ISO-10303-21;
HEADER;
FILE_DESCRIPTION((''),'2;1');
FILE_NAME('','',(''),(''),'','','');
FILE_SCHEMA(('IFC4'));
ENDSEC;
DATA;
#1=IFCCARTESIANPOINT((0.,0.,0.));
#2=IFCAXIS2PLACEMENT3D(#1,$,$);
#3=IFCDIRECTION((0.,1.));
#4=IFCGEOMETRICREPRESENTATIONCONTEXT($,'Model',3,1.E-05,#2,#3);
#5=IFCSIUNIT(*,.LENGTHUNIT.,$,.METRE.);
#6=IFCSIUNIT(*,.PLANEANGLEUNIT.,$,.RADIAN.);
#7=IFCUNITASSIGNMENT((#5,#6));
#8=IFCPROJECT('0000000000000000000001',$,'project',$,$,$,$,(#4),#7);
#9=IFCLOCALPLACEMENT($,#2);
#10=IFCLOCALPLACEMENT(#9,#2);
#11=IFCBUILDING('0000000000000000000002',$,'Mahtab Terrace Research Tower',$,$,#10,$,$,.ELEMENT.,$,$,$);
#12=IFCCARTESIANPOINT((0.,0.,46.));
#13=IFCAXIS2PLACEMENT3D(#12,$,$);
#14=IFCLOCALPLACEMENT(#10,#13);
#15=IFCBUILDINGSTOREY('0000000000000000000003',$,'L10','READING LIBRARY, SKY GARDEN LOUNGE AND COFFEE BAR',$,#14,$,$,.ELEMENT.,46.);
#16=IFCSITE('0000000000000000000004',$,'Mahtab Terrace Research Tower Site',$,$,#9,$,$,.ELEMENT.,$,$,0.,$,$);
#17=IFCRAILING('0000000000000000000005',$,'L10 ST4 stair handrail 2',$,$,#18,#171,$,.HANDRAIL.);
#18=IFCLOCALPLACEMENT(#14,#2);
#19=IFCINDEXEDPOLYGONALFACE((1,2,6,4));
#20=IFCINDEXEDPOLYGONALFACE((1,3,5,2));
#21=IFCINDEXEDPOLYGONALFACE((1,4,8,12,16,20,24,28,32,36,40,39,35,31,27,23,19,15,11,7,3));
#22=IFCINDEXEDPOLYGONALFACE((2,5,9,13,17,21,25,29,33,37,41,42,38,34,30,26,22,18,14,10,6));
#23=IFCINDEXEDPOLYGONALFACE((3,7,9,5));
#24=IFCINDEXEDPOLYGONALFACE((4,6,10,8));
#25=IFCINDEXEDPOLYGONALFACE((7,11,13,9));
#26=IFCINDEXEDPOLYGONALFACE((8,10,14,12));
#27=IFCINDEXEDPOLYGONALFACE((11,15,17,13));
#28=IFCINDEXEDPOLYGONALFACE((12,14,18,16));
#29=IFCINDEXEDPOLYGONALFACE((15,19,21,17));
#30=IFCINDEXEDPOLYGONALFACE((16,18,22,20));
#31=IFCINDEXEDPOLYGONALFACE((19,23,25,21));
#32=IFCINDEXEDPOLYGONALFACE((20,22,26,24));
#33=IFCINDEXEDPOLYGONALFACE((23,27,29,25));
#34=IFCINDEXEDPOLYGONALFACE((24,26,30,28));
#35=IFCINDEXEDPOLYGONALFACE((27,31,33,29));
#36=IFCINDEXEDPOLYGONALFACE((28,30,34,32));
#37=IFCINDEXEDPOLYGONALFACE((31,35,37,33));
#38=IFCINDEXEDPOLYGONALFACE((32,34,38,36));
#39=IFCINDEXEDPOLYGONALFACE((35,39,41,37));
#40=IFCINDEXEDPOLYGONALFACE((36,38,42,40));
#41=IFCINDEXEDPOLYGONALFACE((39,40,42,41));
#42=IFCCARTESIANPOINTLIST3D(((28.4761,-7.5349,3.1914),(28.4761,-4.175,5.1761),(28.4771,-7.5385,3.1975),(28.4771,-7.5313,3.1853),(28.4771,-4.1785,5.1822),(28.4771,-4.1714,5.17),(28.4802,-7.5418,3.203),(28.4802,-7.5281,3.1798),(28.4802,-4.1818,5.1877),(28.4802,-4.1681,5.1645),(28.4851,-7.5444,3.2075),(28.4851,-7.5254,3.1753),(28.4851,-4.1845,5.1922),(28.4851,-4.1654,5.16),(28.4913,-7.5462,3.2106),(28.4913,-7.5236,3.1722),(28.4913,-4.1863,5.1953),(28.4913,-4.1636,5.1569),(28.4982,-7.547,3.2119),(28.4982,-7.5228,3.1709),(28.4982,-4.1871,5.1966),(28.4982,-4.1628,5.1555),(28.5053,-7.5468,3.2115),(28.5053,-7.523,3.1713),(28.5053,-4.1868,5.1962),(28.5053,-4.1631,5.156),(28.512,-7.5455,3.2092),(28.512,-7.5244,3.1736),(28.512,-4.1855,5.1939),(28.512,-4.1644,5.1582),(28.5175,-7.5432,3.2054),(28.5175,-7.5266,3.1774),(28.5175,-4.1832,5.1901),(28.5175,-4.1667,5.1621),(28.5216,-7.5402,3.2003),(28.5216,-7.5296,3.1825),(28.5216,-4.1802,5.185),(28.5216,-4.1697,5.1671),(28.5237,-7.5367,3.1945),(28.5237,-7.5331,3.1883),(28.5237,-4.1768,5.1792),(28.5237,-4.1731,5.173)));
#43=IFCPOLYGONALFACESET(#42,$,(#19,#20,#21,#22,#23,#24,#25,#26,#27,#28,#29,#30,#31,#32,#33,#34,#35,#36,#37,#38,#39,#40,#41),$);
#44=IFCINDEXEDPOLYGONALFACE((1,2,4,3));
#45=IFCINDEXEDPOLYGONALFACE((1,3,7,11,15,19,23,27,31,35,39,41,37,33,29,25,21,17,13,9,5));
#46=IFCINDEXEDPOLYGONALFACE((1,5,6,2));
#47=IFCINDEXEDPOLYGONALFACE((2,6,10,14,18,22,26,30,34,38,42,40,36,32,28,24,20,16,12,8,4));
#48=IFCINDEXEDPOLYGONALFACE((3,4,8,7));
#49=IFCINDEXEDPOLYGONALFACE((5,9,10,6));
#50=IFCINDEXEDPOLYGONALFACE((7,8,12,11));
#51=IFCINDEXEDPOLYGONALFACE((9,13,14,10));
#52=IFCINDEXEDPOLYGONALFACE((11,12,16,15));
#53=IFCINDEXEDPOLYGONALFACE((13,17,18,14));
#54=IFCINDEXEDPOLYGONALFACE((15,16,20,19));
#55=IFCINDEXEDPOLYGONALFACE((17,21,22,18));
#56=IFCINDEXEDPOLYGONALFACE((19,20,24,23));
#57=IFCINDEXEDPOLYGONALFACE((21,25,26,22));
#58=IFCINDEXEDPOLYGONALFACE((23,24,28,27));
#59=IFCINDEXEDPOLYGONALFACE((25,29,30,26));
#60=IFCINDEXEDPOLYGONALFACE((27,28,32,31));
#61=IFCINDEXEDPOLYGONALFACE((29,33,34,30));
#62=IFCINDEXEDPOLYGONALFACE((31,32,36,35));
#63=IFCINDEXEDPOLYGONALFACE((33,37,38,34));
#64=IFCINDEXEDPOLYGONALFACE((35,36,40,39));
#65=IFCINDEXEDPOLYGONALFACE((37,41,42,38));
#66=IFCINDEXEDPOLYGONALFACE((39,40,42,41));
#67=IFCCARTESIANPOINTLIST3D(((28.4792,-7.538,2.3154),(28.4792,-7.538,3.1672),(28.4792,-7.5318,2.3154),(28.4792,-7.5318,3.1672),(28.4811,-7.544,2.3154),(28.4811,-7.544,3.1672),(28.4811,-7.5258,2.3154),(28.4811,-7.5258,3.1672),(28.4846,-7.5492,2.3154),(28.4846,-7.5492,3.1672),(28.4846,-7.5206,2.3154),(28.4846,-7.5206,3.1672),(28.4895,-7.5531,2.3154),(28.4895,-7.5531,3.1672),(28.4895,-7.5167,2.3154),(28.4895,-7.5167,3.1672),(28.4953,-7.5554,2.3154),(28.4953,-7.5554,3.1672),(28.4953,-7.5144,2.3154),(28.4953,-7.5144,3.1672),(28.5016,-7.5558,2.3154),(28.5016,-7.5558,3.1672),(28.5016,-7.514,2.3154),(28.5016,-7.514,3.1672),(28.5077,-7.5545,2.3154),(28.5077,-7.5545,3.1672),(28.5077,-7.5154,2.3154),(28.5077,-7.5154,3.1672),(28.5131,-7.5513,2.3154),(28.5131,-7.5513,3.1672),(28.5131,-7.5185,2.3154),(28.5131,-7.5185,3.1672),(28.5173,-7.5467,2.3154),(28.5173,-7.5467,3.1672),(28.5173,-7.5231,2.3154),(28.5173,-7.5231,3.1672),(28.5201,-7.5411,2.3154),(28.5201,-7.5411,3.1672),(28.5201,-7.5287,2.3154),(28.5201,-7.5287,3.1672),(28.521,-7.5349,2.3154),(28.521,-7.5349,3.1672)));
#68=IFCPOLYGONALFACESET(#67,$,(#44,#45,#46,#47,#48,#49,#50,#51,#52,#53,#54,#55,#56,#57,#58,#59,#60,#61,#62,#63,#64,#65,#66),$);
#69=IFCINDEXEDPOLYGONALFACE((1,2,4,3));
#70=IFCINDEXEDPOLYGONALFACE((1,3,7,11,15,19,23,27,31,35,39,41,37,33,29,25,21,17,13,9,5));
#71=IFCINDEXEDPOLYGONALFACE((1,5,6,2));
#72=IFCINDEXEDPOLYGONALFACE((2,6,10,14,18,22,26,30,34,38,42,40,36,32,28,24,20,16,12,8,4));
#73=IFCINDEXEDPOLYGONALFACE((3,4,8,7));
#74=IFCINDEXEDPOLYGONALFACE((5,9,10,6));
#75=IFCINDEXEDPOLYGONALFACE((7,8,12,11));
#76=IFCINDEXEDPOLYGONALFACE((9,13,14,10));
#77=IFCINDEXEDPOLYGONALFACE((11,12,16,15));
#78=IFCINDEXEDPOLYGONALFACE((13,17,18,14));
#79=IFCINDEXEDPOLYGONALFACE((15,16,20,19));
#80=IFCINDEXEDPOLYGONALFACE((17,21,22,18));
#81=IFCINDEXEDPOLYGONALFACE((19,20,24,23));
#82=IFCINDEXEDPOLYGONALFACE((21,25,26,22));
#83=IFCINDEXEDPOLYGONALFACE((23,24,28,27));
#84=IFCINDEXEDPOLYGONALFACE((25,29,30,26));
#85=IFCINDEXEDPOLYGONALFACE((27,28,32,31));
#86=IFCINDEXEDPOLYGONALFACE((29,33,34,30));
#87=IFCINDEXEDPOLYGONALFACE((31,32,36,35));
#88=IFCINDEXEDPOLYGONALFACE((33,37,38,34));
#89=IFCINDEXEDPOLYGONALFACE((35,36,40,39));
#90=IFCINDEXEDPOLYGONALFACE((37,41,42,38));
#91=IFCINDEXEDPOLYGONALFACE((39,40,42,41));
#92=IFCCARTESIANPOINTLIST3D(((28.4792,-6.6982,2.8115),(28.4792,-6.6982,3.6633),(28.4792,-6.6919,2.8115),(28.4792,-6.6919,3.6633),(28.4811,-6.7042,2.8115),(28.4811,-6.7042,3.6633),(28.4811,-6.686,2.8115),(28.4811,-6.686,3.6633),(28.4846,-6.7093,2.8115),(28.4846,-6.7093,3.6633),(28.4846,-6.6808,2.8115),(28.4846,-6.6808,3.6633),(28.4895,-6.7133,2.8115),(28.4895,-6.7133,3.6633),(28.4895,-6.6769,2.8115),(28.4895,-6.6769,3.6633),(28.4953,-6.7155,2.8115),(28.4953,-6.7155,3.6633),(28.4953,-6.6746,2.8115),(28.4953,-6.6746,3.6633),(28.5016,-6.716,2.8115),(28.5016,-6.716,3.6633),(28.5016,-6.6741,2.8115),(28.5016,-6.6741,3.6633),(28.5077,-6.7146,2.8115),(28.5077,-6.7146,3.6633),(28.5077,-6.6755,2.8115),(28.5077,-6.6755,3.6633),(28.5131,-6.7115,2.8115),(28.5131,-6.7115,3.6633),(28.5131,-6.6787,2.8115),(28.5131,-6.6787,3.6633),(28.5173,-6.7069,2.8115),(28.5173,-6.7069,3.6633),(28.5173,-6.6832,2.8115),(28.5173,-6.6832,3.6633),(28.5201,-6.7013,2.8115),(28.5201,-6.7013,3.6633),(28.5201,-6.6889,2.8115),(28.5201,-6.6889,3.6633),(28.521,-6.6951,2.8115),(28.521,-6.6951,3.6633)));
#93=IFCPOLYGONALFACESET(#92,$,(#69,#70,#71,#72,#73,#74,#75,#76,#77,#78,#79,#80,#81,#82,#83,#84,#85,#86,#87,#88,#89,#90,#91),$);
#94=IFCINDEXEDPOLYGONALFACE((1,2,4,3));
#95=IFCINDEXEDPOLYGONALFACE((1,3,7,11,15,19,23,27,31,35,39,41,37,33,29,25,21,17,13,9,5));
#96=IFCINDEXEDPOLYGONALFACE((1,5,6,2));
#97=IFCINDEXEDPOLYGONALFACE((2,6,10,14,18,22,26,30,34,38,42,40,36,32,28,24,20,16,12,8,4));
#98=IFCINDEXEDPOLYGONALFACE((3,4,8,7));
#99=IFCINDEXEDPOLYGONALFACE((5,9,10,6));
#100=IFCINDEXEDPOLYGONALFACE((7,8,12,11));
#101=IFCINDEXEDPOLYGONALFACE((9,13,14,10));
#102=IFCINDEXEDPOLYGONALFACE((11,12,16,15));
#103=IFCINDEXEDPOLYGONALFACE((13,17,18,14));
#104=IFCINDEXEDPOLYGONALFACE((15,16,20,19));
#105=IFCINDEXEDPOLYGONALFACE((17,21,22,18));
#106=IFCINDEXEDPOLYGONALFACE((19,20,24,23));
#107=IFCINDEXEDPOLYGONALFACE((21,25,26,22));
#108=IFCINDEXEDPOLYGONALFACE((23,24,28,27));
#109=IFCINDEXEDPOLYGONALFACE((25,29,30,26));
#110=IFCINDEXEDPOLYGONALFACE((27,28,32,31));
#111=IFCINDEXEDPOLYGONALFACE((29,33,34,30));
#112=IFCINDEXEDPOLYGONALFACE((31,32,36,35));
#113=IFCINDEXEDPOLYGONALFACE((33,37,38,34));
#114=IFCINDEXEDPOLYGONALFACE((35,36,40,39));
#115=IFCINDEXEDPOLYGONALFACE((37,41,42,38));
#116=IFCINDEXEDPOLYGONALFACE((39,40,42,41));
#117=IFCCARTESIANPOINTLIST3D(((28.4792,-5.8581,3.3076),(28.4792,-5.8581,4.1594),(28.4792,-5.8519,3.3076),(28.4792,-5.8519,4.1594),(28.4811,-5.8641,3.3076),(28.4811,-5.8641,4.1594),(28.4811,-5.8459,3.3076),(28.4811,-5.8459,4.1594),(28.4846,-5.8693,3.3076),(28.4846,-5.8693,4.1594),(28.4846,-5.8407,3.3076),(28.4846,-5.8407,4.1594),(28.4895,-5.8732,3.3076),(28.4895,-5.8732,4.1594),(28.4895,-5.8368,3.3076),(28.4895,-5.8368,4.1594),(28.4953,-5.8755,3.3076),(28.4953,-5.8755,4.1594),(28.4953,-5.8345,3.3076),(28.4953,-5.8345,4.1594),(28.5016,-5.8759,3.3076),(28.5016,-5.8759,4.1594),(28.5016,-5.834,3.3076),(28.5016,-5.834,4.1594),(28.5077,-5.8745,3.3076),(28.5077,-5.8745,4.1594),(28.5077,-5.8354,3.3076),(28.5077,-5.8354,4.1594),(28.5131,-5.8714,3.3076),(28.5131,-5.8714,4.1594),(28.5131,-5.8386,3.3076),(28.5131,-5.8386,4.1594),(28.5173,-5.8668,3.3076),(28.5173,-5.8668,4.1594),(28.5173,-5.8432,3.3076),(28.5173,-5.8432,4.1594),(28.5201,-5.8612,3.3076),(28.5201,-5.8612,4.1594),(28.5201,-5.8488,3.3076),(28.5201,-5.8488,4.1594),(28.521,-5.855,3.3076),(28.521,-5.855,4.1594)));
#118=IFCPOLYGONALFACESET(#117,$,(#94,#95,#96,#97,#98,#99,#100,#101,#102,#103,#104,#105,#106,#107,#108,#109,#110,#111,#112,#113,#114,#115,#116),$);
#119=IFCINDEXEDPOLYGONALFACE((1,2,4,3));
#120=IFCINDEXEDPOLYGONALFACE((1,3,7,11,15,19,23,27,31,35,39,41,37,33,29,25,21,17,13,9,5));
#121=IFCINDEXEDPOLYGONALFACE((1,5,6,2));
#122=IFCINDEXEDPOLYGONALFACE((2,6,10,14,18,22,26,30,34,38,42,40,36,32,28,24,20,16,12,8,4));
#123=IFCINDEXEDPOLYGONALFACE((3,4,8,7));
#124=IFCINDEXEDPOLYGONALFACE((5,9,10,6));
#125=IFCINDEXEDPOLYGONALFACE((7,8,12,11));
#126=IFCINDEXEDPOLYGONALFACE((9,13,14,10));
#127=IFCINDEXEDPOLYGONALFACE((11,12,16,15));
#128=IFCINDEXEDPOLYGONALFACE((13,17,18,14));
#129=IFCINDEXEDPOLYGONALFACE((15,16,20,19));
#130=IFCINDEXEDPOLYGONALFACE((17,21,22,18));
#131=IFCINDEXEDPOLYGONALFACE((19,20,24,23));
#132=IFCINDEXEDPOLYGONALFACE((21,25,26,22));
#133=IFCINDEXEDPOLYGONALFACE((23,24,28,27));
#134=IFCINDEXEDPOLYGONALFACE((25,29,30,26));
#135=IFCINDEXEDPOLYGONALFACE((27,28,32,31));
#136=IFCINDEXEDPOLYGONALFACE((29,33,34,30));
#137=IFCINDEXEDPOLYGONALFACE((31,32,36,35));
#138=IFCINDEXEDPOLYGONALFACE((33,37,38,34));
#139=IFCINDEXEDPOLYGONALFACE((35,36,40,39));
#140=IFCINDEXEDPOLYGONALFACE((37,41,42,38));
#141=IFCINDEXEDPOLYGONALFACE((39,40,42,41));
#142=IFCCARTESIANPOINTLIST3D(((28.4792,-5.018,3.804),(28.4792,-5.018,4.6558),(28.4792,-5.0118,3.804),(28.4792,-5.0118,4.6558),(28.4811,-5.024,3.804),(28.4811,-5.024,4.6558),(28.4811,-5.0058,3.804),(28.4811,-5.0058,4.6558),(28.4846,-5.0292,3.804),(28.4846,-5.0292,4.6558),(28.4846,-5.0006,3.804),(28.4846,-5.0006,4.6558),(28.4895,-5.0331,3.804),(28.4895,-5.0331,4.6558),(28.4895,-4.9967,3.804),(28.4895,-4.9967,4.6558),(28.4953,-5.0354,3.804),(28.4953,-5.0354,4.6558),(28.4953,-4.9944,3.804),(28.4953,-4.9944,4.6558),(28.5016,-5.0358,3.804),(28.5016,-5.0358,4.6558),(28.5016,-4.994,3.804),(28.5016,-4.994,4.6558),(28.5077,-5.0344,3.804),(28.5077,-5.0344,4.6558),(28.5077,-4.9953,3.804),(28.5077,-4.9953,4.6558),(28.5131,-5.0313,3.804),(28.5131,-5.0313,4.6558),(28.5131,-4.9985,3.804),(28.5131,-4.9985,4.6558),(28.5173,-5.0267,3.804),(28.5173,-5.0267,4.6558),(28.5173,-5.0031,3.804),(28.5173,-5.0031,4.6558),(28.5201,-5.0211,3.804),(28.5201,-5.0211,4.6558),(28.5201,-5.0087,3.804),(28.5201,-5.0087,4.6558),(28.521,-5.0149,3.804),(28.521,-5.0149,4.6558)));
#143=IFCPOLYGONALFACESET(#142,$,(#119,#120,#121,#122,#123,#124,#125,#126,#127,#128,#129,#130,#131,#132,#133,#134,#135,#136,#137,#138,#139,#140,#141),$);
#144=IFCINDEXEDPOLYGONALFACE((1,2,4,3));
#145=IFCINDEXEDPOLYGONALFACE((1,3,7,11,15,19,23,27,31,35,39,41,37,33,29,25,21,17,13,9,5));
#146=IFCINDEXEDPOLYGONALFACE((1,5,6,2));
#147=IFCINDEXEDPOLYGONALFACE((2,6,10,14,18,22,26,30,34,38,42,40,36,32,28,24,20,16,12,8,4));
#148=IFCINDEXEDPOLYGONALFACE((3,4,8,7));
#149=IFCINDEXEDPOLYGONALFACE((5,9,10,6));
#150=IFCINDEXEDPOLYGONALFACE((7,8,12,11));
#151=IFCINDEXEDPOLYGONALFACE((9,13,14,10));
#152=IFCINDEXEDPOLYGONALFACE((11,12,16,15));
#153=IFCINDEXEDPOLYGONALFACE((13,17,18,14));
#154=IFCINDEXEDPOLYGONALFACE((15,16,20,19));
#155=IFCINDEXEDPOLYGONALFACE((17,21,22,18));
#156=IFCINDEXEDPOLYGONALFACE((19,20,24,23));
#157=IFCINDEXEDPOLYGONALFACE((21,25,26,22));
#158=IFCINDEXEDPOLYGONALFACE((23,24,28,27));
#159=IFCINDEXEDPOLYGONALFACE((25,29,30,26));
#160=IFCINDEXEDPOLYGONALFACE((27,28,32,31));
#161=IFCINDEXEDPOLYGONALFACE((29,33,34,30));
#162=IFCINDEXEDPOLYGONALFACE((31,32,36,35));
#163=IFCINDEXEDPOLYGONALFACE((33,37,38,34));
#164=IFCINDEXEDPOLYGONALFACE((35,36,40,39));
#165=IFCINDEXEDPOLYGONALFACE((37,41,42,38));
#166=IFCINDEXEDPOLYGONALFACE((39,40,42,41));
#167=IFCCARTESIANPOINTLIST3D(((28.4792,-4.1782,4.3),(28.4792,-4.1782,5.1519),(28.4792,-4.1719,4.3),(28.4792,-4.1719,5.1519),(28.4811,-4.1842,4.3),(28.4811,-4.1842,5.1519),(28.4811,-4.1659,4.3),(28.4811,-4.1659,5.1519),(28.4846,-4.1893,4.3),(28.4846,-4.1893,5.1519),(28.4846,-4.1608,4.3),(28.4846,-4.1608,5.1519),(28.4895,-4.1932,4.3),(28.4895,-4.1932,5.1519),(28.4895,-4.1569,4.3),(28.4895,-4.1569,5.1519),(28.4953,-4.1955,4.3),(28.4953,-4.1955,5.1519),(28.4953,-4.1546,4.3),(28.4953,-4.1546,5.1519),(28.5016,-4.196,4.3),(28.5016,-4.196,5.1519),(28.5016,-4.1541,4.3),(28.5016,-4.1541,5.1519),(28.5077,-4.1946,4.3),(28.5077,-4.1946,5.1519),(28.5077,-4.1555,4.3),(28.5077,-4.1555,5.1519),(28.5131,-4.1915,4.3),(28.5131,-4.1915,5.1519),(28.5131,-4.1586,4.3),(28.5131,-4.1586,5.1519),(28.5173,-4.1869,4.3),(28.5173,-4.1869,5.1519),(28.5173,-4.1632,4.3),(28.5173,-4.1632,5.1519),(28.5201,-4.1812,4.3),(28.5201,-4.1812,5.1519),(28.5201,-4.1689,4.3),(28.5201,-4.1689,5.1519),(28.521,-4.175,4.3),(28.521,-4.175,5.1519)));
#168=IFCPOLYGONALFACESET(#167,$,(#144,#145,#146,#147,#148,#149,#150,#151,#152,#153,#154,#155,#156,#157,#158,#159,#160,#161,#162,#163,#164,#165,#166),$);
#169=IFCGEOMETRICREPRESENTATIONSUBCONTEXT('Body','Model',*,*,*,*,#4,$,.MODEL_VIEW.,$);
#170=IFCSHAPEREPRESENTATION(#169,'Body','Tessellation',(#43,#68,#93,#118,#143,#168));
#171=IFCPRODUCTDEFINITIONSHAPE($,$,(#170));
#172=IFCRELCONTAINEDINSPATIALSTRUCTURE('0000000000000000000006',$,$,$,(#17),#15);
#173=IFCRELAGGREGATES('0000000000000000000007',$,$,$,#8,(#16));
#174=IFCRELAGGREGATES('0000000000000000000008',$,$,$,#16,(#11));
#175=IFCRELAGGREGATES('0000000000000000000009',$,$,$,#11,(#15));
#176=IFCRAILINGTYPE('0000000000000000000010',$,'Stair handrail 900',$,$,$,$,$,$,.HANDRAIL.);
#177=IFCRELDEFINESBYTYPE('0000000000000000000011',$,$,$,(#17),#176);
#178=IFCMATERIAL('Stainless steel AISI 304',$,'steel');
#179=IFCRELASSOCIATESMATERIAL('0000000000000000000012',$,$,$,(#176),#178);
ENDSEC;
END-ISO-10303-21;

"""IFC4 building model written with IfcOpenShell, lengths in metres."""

from ifc_helpers import new_model, si_unit, direction, frame, origin, origin_2d, place, context, subcontext, project, spatial, circle, extrude, material, type_object, element, save


model = new_model("IFC4")

# Units and contexts
model_context = context("Model", 3, precision=1e-05, world=origin(), true_north=direction((0.0, 1.0)))
body_context = subcontext(model_context, "Body", "Model", "MODEL_VIEW")
ifc_project = project(units=[si_unit("LENGTHUNIT", "METRE"), si_unit("PLANEANGLEUNIT", "RADIAN")], contexts=[model_context])

# Site, building, storey
site_placement = place(None, origin())
site = spatial("IfcSite", under=ifc_project, at=site_placement, Name="Mahtab Terrace Research Tower Site", CompositionType="ELEMENT", RefElevation=0.0)
building_placement = place(site_placement, origin())
building = spatial("IfcBuilding", under=site, at=building_placement, Name="Mahtab Terrace Research Tower", CompositionType="ELEMENT")
storey_placement = place(building_placement, frame((0.0, 0.0, 46.0)))
storey = spatial("IfcBuildingStorey", under=building, at=storey_placement, Name="L10", Description="READING LIBRARY, SKY GARDEN LOUNGE AND COFFEE BAR", CompositionType="ELEMENT", Elevation=46.0)

# Railing
ifc_material_1 = material(Name="Stainless steel AISI 304", Category="steel")
railing_type_1 = type_object("IfcRailingType", Name="Stair handrail 900", PredefinedType="HANDRAIL", material=ifc_material_1)
railing_1_placement = place(storey_placement, frame((28.5, -7.5349, 2.3154)))
element("IfcRailing", 1, at=railing_1_placement, inside=storey, type_object=railing_type_1, Name="L10 ST4 stair handrail 2", PredefinedType="HANDRAIL", context=body_context, shape_type="SweptSolid", body=[
    extrude(circle(Radius=0.0239, at=origin_2d()), frame((0.0, 0.0, 0.876), z_axis=(0.0, 0.861011, 0.508586), x_axis=(-1.0, 0.0, 0.0)), (0.0, 0.0, 1.0), 3.9023),
    extrude(circle(Radius=0.021, at=origin_2d()), origin(), (0.0, 0.0, 1.0), 0.8518),
    extrude(circle(Radius=0.021, at=origin_2d()), frame((0.0, 0.8398, 0.4961)), (0.0, 0.0, 1.0), 0.8518),
    extrude(circle(Radius=0.021, at=origin_2d()), frame((0.0, 1.6799, 0.9922)), (0.0, 0.0, 1.0), 0.8518),
    extrude(circle(Radius=0.021, at=origin_2d()), frame((0.0, 2.52, 1.4885)), (0.0, 0.0, 1.0), 0.8518),
    extrude(circle(Radius=0.021, at=origin_2d()), frame((0.0, 3.3599, 1.9846)), (0.0, 0.0, 1.0), 0.8518),
])

save(model, "model.ifc")
